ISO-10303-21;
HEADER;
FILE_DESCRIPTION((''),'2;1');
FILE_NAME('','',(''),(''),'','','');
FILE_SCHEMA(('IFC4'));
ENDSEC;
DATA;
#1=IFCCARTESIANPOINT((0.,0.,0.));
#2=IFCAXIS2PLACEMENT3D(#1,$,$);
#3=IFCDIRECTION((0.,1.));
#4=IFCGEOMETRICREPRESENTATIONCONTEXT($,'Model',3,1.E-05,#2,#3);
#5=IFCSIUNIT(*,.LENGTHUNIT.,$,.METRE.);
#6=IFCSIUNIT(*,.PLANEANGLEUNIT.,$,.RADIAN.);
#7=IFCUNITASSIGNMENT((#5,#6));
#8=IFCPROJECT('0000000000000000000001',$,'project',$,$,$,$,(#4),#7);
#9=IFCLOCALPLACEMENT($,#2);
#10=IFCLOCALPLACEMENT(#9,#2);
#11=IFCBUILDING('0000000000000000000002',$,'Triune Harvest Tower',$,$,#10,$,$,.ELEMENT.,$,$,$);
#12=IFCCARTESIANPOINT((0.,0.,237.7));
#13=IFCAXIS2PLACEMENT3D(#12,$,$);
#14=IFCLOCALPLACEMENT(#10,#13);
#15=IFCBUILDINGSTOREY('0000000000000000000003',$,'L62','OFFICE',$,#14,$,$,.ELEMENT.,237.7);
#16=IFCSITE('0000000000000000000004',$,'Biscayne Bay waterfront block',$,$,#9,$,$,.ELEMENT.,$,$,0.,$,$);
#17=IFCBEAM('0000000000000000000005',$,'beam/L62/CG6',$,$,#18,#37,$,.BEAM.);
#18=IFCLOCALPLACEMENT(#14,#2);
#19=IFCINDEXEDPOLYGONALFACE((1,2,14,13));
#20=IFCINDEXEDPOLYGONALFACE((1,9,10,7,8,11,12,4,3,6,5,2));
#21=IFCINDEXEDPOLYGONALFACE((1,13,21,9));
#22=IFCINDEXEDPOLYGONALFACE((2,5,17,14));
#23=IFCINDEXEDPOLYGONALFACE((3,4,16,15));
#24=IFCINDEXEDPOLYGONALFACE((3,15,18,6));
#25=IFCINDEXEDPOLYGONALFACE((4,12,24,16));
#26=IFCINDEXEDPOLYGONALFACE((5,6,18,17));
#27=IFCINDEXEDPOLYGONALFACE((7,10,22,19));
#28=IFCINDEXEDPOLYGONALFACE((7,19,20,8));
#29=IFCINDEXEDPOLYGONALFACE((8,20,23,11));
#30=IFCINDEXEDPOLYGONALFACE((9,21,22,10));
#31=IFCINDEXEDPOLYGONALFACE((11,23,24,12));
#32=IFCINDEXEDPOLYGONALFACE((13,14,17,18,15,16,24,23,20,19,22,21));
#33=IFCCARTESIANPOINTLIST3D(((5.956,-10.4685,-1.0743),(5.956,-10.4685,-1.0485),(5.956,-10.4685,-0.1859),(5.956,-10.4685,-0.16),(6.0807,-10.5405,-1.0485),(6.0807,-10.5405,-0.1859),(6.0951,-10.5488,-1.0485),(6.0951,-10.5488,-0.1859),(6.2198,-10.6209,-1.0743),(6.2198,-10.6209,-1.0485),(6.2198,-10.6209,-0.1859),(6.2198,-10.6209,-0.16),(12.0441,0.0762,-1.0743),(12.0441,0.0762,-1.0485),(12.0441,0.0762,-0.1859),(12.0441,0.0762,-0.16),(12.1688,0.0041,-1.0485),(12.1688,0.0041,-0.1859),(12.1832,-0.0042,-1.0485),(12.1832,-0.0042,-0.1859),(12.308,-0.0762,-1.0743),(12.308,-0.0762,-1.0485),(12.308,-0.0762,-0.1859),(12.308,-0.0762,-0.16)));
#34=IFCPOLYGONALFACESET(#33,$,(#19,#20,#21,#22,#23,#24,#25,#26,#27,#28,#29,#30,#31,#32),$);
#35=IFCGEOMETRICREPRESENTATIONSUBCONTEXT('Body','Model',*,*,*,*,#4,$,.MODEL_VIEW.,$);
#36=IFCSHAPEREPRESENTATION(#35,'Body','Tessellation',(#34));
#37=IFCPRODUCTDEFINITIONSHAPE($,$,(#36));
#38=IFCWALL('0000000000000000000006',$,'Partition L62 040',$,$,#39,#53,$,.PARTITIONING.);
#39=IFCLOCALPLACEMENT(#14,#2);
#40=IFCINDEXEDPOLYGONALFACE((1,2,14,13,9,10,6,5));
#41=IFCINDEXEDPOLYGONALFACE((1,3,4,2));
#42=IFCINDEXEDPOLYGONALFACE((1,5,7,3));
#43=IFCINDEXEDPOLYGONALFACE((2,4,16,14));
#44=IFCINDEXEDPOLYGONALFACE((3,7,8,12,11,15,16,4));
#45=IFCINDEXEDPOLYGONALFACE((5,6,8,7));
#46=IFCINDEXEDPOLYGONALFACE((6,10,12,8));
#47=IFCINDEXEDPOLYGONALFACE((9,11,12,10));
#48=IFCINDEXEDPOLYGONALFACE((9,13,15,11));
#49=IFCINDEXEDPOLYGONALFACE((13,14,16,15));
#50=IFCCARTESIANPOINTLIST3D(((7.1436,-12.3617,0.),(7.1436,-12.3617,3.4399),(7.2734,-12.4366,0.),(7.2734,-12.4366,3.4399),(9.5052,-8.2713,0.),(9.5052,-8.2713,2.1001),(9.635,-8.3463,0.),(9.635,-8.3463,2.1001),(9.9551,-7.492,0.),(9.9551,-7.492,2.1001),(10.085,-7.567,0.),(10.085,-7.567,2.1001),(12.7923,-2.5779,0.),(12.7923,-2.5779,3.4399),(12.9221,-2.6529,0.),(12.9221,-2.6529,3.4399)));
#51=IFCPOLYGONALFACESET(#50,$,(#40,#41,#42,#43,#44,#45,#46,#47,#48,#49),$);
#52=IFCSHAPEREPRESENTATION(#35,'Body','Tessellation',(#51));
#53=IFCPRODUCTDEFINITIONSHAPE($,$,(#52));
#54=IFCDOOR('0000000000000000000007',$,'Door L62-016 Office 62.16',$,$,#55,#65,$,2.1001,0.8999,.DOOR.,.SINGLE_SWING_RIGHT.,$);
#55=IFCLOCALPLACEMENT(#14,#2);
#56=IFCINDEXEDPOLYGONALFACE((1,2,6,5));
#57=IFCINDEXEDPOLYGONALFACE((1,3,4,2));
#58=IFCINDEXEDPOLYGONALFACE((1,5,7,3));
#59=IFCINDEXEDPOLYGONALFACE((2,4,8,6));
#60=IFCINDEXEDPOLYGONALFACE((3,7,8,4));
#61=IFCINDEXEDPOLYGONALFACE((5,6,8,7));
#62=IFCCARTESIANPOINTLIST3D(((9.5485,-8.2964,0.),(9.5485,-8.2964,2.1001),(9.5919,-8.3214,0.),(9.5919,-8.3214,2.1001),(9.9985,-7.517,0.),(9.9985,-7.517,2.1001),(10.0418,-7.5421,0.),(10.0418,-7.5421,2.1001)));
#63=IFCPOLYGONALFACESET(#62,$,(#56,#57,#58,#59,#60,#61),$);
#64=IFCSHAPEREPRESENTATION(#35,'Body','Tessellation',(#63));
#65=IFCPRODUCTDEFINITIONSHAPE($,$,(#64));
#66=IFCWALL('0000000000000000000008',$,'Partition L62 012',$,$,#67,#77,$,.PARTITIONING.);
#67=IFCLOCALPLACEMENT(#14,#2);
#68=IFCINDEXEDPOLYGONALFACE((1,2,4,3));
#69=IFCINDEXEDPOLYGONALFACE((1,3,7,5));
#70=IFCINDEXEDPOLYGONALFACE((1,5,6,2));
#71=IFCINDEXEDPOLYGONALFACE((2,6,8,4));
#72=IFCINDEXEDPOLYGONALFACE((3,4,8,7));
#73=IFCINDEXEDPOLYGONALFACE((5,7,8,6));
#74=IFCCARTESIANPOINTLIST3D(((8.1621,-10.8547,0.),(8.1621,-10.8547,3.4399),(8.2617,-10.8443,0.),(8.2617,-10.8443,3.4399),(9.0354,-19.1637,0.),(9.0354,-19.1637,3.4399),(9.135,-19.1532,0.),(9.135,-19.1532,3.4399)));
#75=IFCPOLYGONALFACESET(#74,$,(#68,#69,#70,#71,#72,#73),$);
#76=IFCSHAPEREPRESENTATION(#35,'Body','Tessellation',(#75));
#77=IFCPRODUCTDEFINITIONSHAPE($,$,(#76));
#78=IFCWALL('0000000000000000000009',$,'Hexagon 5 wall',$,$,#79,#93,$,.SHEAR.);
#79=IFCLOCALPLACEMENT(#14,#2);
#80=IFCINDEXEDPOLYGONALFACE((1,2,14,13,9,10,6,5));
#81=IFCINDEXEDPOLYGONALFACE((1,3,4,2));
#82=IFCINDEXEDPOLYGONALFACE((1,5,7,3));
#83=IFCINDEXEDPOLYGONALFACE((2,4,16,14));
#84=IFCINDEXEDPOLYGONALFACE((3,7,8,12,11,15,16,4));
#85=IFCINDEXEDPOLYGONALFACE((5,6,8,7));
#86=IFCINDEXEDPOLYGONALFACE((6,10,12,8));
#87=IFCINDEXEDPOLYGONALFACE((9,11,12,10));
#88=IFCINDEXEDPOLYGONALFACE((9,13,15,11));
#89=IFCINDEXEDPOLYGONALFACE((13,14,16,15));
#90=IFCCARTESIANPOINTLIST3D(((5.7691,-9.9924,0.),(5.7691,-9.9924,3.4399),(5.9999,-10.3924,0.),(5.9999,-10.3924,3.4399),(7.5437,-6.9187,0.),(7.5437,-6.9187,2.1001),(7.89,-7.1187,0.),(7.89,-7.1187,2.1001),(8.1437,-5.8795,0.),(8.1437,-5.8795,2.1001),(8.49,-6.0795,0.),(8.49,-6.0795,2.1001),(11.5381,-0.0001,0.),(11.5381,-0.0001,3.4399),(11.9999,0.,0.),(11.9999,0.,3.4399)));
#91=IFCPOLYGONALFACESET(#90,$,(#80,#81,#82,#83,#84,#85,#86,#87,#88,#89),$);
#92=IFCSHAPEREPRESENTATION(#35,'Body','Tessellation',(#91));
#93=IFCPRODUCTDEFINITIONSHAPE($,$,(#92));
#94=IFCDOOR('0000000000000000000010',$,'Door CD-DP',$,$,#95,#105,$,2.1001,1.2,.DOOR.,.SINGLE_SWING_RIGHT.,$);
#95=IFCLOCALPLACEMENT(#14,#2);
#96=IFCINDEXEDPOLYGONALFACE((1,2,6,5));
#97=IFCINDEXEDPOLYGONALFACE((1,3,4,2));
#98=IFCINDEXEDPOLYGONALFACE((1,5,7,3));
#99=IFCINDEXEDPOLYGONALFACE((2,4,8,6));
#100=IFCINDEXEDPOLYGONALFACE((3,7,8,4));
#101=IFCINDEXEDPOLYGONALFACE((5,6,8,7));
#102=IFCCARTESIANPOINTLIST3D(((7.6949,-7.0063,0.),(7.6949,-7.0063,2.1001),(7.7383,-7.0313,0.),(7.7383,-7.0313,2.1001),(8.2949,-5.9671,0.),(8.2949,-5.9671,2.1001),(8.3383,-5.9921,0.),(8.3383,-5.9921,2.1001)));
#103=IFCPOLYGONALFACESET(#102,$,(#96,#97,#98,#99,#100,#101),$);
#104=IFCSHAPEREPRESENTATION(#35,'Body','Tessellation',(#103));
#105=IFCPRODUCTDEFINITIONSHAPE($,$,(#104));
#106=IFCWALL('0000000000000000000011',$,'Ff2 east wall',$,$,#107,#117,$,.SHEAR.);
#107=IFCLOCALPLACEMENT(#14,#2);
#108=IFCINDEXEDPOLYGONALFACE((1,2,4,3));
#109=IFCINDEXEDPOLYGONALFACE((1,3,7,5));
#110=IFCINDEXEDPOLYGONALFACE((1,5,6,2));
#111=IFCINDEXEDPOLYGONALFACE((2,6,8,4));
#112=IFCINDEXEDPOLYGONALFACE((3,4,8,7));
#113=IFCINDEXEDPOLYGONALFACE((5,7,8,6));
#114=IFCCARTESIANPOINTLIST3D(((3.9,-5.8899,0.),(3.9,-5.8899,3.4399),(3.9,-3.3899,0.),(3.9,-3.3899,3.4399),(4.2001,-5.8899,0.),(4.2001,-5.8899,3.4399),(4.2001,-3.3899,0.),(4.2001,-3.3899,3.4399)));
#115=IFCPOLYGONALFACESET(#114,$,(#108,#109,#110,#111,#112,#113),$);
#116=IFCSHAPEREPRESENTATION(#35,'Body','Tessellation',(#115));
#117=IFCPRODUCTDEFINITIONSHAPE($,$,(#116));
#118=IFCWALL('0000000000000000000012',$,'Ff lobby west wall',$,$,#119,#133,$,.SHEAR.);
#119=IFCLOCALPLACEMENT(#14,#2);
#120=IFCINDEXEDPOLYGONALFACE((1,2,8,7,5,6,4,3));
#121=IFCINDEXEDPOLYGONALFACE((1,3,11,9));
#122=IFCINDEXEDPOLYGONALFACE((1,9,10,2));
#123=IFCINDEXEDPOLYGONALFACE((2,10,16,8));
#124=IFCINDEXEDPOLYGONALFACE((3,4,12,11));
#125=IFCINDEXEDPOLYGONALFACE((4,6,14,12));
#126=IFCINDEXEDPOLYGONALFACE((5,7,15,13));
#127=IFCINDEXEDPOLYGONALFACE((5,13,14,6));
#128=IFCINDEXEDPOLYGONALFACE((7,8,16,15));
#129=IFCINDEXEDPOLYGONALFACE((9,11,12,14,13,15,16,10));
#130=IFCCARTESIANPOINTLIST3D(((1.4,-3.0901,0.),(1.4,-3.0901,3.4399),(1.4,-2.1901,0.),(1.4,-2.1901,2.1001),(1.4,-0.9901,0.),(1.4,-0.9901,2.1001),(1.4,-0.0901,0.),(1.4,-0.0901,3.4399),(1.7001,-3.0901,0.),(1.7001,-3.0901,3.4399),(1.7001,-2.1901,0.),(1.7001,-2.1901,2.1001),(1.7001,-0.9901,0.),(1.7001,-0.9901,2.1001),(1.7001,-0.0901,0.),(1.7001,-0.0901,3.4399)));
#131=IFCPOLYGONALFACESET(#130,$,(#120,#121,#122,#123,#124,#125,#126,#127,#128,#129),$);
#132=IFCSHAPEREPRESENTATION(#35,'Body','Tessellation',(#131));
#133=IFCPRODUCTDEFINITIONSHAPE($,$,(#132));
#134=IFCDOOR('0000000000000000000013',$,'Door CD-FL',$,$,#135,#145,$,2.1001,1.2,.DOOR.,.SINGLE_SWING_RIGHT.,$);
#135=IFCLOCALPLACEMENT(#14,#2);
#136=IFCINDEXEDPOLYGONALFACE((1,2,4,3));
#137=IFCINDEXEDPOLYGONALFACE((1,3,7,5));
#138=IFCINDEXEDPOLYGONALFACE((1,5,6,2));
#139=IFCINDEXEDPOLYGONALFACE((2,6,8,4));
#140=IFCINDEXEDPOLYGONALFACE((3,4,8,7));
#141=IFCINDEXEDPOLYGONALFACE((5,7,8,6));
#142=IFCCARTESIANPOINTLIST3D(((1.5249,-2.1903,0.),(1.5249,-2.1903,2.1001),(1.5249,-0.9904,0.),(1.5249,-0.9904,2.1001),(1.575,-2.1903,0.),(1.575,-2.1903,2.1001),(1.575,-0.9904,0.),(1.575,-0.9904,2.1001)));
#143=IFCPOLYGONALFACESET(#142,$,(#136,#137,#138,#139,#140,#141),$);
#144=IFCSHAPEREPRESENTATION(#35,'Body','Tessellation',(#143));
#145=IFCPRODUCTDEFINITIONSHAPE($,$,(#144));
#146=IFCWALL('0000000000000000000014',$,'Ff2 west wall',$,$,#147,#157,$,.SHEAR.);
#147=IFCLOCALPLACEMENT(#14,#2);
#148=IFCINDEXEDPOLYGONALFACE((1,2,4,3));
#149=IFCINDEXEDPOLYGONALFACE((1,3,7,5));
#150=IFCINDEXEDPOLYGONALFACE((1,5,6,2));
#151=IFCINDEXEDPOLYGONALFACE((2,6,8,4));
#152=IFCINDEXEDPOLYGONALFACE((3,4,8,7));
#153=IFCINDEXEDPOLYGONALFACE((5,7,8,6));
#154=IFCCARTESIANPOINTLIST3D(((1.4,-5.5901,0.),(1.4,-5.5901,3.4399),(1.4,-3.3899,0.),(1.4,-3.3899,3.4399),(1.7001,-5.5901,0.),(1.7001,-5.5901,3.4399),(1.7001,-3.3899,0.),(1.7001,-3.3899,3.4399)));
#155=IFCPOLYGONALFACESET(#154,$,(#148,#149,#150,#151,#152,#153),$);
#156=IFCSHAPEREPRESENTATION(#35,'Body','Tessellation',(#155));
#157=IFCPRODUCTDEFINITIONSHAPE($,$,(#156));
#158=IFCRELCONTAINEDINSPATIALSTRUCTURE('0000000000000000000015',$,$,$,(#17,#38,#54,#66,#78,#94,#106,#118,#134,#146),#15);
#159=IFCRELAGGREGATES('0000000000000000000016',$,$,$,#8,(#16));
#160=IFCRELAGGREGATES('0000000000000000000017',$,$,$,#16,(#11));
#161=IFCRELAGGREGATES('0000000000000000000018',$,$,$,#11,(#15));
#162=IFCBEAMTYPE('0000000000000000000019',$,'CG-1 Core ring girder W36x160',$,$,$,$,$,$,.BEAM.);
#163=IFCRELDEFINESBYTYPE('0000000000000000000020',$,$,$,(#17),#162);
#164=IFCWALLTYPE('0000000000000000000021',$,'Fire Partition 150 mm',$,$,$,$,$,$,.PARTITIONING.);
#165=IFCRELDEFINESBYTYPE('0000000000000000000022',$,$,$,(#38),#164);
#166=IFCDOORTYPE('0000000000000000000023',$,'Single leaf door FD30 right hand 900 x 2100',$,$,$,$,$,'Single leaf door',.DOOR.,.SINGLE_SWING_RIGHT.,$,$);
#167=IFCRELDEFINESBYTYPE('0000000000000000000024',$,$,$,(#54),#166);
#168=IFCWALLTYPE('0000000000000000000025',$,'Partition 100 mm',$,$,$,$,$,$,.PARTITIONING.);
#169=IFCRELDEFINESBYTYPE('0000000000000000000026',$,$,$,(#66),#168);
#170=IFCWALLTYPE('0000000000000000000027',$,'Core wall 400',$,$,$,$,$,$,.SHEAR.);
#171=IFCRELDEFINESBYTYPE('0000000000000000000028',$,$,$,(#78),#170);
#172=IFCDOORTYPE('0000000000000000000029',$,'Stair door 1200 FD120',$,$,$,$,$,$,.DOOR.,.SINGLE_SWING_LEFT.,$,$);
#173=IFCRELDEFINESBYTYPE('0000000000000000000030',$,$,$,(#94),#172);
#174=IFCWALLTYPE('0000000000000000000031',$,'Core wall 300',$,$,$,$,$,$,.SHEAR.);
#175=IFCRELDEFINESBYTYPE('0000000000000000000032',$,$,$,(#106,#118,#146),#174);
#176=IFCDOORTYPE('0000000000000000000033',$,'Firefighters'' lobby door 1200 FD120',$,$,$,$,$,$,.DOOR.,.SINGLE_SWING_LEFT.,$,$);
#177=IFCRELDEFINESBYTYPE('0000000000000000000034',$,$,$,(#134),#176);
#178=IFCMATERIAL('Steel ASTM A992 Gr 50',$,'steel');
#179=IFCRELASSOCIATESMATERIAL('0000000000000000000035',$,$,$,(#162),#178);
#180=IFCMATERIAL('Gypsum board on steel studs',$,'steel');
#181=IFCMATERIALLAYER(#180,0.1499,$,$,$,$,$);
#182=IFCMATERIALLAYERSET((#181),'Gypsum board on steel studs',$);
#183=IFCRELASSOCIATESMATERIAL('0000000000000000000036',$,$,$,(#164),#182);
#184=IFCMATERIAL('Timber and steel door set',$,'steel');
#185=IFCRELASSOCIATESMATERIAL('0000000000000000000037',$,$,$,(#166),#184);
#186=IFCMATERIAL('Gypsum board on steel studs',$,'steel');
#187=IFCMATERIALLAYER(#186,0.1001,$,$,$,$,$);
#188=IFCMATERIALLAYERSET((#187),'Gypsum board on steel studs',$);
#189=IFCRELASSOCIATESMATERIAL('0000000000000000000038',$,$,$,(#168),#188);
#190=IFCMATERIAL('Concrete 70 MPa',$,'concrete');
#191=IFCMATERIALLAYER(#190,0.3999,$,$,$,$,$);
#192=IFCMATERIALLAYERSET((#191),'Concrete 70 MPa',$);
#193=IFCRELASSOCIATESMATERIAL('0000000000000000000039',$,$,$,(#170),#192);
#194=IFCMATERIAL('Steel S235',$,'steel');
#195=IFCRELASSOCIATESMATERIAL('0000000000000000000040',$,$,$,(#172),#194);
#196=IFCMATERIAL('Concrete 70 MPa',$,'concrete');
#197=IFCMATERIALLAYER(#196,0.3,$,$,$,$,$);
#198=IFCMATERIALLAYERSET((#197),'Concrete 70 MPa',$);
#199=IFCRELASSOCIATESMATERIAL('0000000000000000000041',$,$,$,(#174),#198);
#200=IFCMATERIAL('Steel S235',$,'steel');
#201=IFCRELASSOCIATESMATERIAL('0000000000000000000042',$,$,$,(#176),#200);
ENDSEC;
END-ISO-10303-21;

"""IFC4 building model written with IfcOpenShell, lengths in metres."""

from ifc_helpers import new_model, si_unit, direction, frame, frame_2d, origin, origin_2d, place, context, subcontext, project, spatial, polyline, rectangle, i_section, outline, extrude, source, transform, mapped, material, layer, layer_set, material_profile, profile_set, type_object, element, fill, save


model = new_model("IFC4")

# Units and contexts
model_context = context("Model", 3, precision=1e-05, world=origin(), true_north=direction((0.0, 1.0)))
body_context = subcontext(model_context, "Body", "Model", "MODEL_VIEW")
ifc_project = project(units=[si_unit("LENGTHUNIT", "METRE"), si_unit("PLANEANGLEUNIT", "RADIAN")], contexts=[model_context])

# Site, building, storey
site_placement = place(None, origin())
site = spatial("IfcSite", under=ifc_project, at=site_placement, Name="Biscayne Bay waterfront block", CompositionType="ELEMENT", RefElevation=0.0)
building_placement = place(site_placement, origin())
building = spatial("IfcBuilding", under=site, at=building_placement, Name="Triune Harvest Tower", CompositionType="ELEMENT")
storey_placement = place(building_placement, frame((0.0, 0.0, 237.7)))
storey = spatial("IfcBuildingStorey", under=building, at=storey_placement, Name="L62", Description="OFFICE", CompositionType="ELEMENT", Elevation=237.7)

# Beam
ifc_material_1 = material(Name="Steel ASTM A992 Gr 50", Category="steel")
ifc_material_profile = material_profile(ifc_material_1, i_section(OverallWidth=0.3047, OverallDepth=0.9143, WebThickness=0.0166, FlangeThickness=0.0259, at=origin_2d()), Name="W36x160")
ifc_profile_set = profile_set([ifc_material_profile], Name="Steel ASTM A992 Gr 50")
beam_type = type_object("IfcBeamType", Name="CG-1 Core ring girder W36x160", PredefinedType="BEAM", material=ifc_profile_set)
shared_shape_1 = source(origin(), body_context, "Body", "SweptSolid", [
    extrude(i_section(OverallWidth=0.3047, OverallDepth=0.9143, WebThickness=0.0166, FlangeThickness=0.0259, at=origin_2d()), origin(), (0.0, 0.0, 1.0), 12.176),
])
beam_placement = place(storey_placement, frame((6.0879, -10.5447, -0.6172), z_axis=(0.50001, 0.86602, 0.0), x_axis=(-0.86602, 0.50001, 0.0)))
element("IfcBeam", 1, at=beam_placement, inside=storey, type_object=beam_type, Name="beam/L62/CG6", PredefinedType="BEAM", context=body_context, shape_type="MappedRepresentation", body=[
    mapped(shared_shape_1, transform((0.0, 0.0, 0.0), scale=1.0)),
])

# Wall, opening, door
ifc_material_2 = material(Name="Gypsum board on steel studs", Category="steel")
ifc_layer_1 = layer(ifc_material_2, 0.1499)
ifc_layer_set_1 = layer_set([ifc_layer_1], Name="Gypsum board on steel studs")
wall_type_1 = type_object("IfcWallType", Name="Fire Partition 150 mm", PredefinedType="PARTITIONING", material=ifc_layer_set_1)
wall_1_placement = place(storey_placement, frame((7.2085, -12.3992, 0.0), z_axis=(0.0, 0.0, 1.0), x_axis=(0.500004, 0.866023, 0.0)))
wall_1 = element("IfcWall", 2, at=wall_1_placement, inside=storey, type_object=wall_type_1, Name="Partition L62 040", PredefinedType="PARTITIONING", context=body_context, shape_type="SweptSolid", body=[
    extrude(rectangle(XDim=11.2974, YDim=0.1499, at=frame_2d((5.6487, 0.0))), origin(), (0.0, 0.0, 1.0), 3.4399),
])
opening_1_placement = place(wall_1_placement, frame((4.7231, 0.0, 0.0)))
opening_1 = element("IfcOpeningElement", 3, at=opening_1_placement, cuts=wall_1, PredefinedType="OPENING", context=body_context, shape_type="SweptSolid", body=[
    extrude(rectangle(XDim=0.8999, YDim=2.1001, at=frame_2d((0.45, 1.05))), frame((0.0, 0.085, 0.0), z_axis=(0.0, -1.0, 0.0), x_axis=(1.0, 0.0, 0.0)), (0.0, 0.0, 1.0), 0.1699),
])
ifc_material_3 = material(Name="Timber and steel door set", Category="steel")
door_type_1 = type_object("IfcDoorType", Name="Single leaf door FD30 right hand 900 x 2100", ElementType="Single leaf door", OperationType="SINGLE_SWING_RIGHT", PredefinedType="DOOR", material=ifc_material_3)
door_1_placement = place(opening_1_placement, origin())
door_1 = element("IfcDoor", 4, at=door_1_placement, inside=storey, type_object=door_type_1, Name="Door L62-016 Office 62.16", OperationType="SINGLE_SWING_RIGHT", OverallHeight=2.1001, OverallWidth=0.8999, PredefinedType="DOOR", context=body_context, shape_type="SweptSolid", body=[
    extrude(rectangle(XDim=0.8999, YDim=2.1001, at=frame_2d((0.45, 1.05))), frame((0.0, 0.0249, 0.0), z_axis=(0.0, -1.0, 0.0), x_axis=(1.0, 0.0, 0.0)), (0.0, 0.0, 1.0), 0.05),
])
fill(opening_1, door_1)

# Wall
ifc_material_4 = material(Name="Gypsum board on steel studs", Category="steel")
ifc_layer_2 = layer(ifc_material_4, 0.1001)
ifc_layer_set_2 = layer_set([ifc_layer_2], Name="Gypsum board on steel studs")
wall_type_2 = type_object("IfcWallType", Name="Partition 100 mm", PredefinedType="PARTITIONING", material=ifc_layer_set_2)
wall_2_placement = place(storey_placement, frame((8.2119, -10.8496, 0.0), z_axis=(0.0, 0.0, 1.0), x_axis=(0.104525, -0.994522, 0.0)))
element("IfcWall", 5, at=wall_2_placement, inside=storey, type_object=wall_type_2, Name="Partition L62 012", PredefinedType="PARTITIONING", context=body_context, shape_type="SweptSolid", body=[
    extrude(rectangle(XDim=8.3547, YDim=0.1001, at=frame_2d((4.1772, 0.0))), origin(), (0.0, 0.0, 1.0), 3.4399),
])

# Wall, opening, door
ifc_material_5 = material(Name="Concrete 70 MPa", Category="concrete")
ifc_layer_3 = layer(ifc_material_5, 0.3999)
ifc_layer_set_3 = layer_set([ifc_layer_3], Name="Concrete 70 MPa")
wall_type_3 = type_object("IfcWallType", Name="Core wall 400", PredefinedType="SHEAR", material=ifc_layer_set_3)
shared_shape_2 = source(origin(), body_context, "Body", "SweptSolid", [
    extrude(outline(polyline([(-0.1155, -0.2), (11.8845, -0.2), (11.6536, 0.2), (0.1155, 0.2), (-0.1155, -0.2)])), origin(), (0.0, 0.0, 1.0), 3.4399),
])
wall_3_placement = place(storey_placement, frame((5.8845, -10.1924, 0.0), z_axis=(0.0, 0.0, 1.0), x_axis=(0.499997, 0.866027, 0.0)))
wall_3 = element("IfcWall", 6, at=wall_3_placement, inside=storey, type_object=wall_type_3, Name="Hexagon 5 wall", PredefinedType="SHEAR", context=body_context, shape_type="MappedRepresentation", body=[
    mapped(shared_shape_2, transform((0.0, 0.0, 0.0), scale=1.0)),
])
opening_2_placement = place(wall_3_placement, frame((3.6646, 0.0, 0.0)))
opening_2 = element("IfcOpeningElement", 7, at=opening_2_placement, cuts=wall_3, PredefinedType="OPENING", context=body_context, shape_type="SweptSolid", body=[
    extrude(rectangle(XDim=1.2, YDim=2.1001, at=frame_2d((0.6001, 1.05))), frame((0.0, 0.21, 0.0), z_axis=(0.0, -1.0, 0.0), x_axis=(1.0, 0.0, 0.0)), (0.0, 0.0, 1.0), 0.4199),
])
ifc_material_6 = material(Name="Steel S235", Category="steel")
door_type_2 = type_object("IfcDoorType", Name="Stair door 1200 FD120", OperationType="SINGLE_SWING_LEFT", PredefinedType="DOOR", material=ifc_material_6)
door_2_placement = place(opening_2_placement, frame((1.2, 0.0, 0.0), z_axis=(0.0, 0.0, 1.0), x_axis=(-1.0, 0.0, 0.0)))
door_2 = element("IfcDoor", 8, at=door_2_placement, inside=storey, type_object=door_type_2, Name="Door CD-DP", OperationType="SINGLE_SWING_RIGHT", OverallHeight=2.1001, OverallWidth=1.2, PredefinedType="DOOR", context=body_context, shape_type="SweptSolid", body=[
    extrude(rectangle(XDim=1.2, YDim=2.1001, at=frame_2d((0.6001, 1.05))), frame((0.0, 0.0249, 0.0), z_axis=(0.0, -1.0, 0.0), x_axis=(1.0, 0.0, 0.0)), (0.0, 0.0, 1.0), 0.05),
])
fill(opening_2, door_2)

# Wall
ifc_material_7 = material(Name="Concrete 70 MPa", Category="concrete")
ifc_layer_4 = layer(ifc_material_7, 0.3)
ifc_layer_set_4 = layer_set([ifc_layer_4], Name="Concrete 70 MPa")
wall_type_4 = type_object("IfcWallType", Name="Core wall 300", PredefinedType="SHEAR", material=ifc_layer_set_4)
shared_shape_3 = source(origin(), body_context, "Body", "SweptSolid", [
    extrude(rectangle(XDim=2.5, YDim=0.3, at=frame_2d((1.25, 0.0))), origin(), (0.0, 0.0, 1.0), 3.4399),
])
wall_4_placement = place(storey_placement, frame((4.05, -5.8899, 0.0), z_axis=(0.0, 0.0, 1.0), x_axis=(0.0, 1.0, 0.0)))
element("IfcWall", 9, at=wall_4_placement, inside=storey, type_object=wall_type_4, Name="Ff2 east wall", PredefinedType="SHEAR", context=body_context, shape_type="MappedRepresentation", body=[
    mapped(shared_shape_3, transform((0.0, 0.0, 0.0), scale=1.0)),
])

# Wall, opening, door
shared_shape_4 = source(origin(), body_context, "Body", "SweptSolid", [
    extrude(rectangle(XDim=3.0, YDim=0.3, at=frame_2d((1.5, 0.0))), origin(), (0.0, 0.0, 1.0), 3.4399),
])
wall_5_placement = place(storey_placement, frame((1.55, -3.0901, 0.0), z_axis=(0.0, 0.0, 1.0), x_axis=(0.0, 1.0, 0.0)))
wall_5 = element("IfcWall", 10, at=wall_5_placement, inside=storey, type_object=wall_type_4, Name="Ff lobby west wall", PredefinedType="SHEAR", context=body_context, shape_type="MappedRepresentation", body=[
    mapped(shared_shape_4, transform((0.0, 0.0, 0.0), scale=1.0)),
])
opening_3_placement = place(wall_5_placement, frame((0.8999, 0.0, 0.0)))
opening_3 = element("IfcOpeningElement", 11, at=opening_3_placement, cuts=wall_5, PredefinedType="OPENING", context=body_context, shape_type="SweptSolid", body=[
    extrude(rectangle(XDim=1.2, YDim=2.1001, at=frame_2d((0.6001, 1.05))), frame((0.0, 0.1602, 0.0), z_axis=(0.0, -1.0, 0.0), x_axis=(1.0, 0.0, 0.0)), (0.0, 0.0, 1.0), 0.3201),
])
ifc_material_8 = material(Name="Steel S235", Category="steel")
door_type_3 = type_object("IfcDoorType", Name="Firefighters' lobby door 1200 FD120", OperationType="SINGLE_SWING_LEFT", PredefinedType="DOOR", material=ifc_material_8)
door_3_placement = place(opening_3_placement, frame((1.2, 0.0, 0.0), z_axis=(0.0, 0.0, 1.0), x_axis=(-1.0, 0.0, 0.0)))
door_3 = element("IfcDoor", 12, at=door_3_placement, inside=storey, type_object=door_type_3, Name="Door CD-FL", OperationType="SINGLE_SWING_RIGHT", OverallHeight=2.1001, OverallWidth=1.2, PredefinedType="DOOR", context=body_context, shape_type="SweptSolid", body=[
    extrude(rectangle(XDim=1.2, YDim=2.1001, at=frame_2d((0.6001, 1.05))), frame((0.0, 0.0249, 0.0), z_axis=(0.0, -1.0, 0.0), x_axis=(1.0, 0.0, 0.0)), (0.0, 0.0, 1.0), 0.05),
])
fill(opening_3, door_3)

# Wall
shared_shape_5 = source(origin(), body_context, "Body", "SweptSolid", [
    extrude(rectangle(XDim=2.2002, YDim=0.3, at=frame_2d((1.1001, 0.0))), origin(), (0.0, 0.0, 1.0), 3.4399),
])
wall_6_placement = place(storey_placement, frame((1.55, -5.5901, 0.0), z_axis=(0.0, 0.0, 1.0), x_axis=(0.0, 1.0, 0.0)))
element("IfcWall", 13, at=wall_6_placement, inside=storey, type_object=wall_type_4, Name="Ff2 west wall", PredefinedType="SHEAR", context=body_context, shape_type="MappedRepresentation", body=[
    mapped(shared_shape_5, transform((0.0, 0.0, 0.0), scale=1.0)),
])

save(model, "model.ifc")
